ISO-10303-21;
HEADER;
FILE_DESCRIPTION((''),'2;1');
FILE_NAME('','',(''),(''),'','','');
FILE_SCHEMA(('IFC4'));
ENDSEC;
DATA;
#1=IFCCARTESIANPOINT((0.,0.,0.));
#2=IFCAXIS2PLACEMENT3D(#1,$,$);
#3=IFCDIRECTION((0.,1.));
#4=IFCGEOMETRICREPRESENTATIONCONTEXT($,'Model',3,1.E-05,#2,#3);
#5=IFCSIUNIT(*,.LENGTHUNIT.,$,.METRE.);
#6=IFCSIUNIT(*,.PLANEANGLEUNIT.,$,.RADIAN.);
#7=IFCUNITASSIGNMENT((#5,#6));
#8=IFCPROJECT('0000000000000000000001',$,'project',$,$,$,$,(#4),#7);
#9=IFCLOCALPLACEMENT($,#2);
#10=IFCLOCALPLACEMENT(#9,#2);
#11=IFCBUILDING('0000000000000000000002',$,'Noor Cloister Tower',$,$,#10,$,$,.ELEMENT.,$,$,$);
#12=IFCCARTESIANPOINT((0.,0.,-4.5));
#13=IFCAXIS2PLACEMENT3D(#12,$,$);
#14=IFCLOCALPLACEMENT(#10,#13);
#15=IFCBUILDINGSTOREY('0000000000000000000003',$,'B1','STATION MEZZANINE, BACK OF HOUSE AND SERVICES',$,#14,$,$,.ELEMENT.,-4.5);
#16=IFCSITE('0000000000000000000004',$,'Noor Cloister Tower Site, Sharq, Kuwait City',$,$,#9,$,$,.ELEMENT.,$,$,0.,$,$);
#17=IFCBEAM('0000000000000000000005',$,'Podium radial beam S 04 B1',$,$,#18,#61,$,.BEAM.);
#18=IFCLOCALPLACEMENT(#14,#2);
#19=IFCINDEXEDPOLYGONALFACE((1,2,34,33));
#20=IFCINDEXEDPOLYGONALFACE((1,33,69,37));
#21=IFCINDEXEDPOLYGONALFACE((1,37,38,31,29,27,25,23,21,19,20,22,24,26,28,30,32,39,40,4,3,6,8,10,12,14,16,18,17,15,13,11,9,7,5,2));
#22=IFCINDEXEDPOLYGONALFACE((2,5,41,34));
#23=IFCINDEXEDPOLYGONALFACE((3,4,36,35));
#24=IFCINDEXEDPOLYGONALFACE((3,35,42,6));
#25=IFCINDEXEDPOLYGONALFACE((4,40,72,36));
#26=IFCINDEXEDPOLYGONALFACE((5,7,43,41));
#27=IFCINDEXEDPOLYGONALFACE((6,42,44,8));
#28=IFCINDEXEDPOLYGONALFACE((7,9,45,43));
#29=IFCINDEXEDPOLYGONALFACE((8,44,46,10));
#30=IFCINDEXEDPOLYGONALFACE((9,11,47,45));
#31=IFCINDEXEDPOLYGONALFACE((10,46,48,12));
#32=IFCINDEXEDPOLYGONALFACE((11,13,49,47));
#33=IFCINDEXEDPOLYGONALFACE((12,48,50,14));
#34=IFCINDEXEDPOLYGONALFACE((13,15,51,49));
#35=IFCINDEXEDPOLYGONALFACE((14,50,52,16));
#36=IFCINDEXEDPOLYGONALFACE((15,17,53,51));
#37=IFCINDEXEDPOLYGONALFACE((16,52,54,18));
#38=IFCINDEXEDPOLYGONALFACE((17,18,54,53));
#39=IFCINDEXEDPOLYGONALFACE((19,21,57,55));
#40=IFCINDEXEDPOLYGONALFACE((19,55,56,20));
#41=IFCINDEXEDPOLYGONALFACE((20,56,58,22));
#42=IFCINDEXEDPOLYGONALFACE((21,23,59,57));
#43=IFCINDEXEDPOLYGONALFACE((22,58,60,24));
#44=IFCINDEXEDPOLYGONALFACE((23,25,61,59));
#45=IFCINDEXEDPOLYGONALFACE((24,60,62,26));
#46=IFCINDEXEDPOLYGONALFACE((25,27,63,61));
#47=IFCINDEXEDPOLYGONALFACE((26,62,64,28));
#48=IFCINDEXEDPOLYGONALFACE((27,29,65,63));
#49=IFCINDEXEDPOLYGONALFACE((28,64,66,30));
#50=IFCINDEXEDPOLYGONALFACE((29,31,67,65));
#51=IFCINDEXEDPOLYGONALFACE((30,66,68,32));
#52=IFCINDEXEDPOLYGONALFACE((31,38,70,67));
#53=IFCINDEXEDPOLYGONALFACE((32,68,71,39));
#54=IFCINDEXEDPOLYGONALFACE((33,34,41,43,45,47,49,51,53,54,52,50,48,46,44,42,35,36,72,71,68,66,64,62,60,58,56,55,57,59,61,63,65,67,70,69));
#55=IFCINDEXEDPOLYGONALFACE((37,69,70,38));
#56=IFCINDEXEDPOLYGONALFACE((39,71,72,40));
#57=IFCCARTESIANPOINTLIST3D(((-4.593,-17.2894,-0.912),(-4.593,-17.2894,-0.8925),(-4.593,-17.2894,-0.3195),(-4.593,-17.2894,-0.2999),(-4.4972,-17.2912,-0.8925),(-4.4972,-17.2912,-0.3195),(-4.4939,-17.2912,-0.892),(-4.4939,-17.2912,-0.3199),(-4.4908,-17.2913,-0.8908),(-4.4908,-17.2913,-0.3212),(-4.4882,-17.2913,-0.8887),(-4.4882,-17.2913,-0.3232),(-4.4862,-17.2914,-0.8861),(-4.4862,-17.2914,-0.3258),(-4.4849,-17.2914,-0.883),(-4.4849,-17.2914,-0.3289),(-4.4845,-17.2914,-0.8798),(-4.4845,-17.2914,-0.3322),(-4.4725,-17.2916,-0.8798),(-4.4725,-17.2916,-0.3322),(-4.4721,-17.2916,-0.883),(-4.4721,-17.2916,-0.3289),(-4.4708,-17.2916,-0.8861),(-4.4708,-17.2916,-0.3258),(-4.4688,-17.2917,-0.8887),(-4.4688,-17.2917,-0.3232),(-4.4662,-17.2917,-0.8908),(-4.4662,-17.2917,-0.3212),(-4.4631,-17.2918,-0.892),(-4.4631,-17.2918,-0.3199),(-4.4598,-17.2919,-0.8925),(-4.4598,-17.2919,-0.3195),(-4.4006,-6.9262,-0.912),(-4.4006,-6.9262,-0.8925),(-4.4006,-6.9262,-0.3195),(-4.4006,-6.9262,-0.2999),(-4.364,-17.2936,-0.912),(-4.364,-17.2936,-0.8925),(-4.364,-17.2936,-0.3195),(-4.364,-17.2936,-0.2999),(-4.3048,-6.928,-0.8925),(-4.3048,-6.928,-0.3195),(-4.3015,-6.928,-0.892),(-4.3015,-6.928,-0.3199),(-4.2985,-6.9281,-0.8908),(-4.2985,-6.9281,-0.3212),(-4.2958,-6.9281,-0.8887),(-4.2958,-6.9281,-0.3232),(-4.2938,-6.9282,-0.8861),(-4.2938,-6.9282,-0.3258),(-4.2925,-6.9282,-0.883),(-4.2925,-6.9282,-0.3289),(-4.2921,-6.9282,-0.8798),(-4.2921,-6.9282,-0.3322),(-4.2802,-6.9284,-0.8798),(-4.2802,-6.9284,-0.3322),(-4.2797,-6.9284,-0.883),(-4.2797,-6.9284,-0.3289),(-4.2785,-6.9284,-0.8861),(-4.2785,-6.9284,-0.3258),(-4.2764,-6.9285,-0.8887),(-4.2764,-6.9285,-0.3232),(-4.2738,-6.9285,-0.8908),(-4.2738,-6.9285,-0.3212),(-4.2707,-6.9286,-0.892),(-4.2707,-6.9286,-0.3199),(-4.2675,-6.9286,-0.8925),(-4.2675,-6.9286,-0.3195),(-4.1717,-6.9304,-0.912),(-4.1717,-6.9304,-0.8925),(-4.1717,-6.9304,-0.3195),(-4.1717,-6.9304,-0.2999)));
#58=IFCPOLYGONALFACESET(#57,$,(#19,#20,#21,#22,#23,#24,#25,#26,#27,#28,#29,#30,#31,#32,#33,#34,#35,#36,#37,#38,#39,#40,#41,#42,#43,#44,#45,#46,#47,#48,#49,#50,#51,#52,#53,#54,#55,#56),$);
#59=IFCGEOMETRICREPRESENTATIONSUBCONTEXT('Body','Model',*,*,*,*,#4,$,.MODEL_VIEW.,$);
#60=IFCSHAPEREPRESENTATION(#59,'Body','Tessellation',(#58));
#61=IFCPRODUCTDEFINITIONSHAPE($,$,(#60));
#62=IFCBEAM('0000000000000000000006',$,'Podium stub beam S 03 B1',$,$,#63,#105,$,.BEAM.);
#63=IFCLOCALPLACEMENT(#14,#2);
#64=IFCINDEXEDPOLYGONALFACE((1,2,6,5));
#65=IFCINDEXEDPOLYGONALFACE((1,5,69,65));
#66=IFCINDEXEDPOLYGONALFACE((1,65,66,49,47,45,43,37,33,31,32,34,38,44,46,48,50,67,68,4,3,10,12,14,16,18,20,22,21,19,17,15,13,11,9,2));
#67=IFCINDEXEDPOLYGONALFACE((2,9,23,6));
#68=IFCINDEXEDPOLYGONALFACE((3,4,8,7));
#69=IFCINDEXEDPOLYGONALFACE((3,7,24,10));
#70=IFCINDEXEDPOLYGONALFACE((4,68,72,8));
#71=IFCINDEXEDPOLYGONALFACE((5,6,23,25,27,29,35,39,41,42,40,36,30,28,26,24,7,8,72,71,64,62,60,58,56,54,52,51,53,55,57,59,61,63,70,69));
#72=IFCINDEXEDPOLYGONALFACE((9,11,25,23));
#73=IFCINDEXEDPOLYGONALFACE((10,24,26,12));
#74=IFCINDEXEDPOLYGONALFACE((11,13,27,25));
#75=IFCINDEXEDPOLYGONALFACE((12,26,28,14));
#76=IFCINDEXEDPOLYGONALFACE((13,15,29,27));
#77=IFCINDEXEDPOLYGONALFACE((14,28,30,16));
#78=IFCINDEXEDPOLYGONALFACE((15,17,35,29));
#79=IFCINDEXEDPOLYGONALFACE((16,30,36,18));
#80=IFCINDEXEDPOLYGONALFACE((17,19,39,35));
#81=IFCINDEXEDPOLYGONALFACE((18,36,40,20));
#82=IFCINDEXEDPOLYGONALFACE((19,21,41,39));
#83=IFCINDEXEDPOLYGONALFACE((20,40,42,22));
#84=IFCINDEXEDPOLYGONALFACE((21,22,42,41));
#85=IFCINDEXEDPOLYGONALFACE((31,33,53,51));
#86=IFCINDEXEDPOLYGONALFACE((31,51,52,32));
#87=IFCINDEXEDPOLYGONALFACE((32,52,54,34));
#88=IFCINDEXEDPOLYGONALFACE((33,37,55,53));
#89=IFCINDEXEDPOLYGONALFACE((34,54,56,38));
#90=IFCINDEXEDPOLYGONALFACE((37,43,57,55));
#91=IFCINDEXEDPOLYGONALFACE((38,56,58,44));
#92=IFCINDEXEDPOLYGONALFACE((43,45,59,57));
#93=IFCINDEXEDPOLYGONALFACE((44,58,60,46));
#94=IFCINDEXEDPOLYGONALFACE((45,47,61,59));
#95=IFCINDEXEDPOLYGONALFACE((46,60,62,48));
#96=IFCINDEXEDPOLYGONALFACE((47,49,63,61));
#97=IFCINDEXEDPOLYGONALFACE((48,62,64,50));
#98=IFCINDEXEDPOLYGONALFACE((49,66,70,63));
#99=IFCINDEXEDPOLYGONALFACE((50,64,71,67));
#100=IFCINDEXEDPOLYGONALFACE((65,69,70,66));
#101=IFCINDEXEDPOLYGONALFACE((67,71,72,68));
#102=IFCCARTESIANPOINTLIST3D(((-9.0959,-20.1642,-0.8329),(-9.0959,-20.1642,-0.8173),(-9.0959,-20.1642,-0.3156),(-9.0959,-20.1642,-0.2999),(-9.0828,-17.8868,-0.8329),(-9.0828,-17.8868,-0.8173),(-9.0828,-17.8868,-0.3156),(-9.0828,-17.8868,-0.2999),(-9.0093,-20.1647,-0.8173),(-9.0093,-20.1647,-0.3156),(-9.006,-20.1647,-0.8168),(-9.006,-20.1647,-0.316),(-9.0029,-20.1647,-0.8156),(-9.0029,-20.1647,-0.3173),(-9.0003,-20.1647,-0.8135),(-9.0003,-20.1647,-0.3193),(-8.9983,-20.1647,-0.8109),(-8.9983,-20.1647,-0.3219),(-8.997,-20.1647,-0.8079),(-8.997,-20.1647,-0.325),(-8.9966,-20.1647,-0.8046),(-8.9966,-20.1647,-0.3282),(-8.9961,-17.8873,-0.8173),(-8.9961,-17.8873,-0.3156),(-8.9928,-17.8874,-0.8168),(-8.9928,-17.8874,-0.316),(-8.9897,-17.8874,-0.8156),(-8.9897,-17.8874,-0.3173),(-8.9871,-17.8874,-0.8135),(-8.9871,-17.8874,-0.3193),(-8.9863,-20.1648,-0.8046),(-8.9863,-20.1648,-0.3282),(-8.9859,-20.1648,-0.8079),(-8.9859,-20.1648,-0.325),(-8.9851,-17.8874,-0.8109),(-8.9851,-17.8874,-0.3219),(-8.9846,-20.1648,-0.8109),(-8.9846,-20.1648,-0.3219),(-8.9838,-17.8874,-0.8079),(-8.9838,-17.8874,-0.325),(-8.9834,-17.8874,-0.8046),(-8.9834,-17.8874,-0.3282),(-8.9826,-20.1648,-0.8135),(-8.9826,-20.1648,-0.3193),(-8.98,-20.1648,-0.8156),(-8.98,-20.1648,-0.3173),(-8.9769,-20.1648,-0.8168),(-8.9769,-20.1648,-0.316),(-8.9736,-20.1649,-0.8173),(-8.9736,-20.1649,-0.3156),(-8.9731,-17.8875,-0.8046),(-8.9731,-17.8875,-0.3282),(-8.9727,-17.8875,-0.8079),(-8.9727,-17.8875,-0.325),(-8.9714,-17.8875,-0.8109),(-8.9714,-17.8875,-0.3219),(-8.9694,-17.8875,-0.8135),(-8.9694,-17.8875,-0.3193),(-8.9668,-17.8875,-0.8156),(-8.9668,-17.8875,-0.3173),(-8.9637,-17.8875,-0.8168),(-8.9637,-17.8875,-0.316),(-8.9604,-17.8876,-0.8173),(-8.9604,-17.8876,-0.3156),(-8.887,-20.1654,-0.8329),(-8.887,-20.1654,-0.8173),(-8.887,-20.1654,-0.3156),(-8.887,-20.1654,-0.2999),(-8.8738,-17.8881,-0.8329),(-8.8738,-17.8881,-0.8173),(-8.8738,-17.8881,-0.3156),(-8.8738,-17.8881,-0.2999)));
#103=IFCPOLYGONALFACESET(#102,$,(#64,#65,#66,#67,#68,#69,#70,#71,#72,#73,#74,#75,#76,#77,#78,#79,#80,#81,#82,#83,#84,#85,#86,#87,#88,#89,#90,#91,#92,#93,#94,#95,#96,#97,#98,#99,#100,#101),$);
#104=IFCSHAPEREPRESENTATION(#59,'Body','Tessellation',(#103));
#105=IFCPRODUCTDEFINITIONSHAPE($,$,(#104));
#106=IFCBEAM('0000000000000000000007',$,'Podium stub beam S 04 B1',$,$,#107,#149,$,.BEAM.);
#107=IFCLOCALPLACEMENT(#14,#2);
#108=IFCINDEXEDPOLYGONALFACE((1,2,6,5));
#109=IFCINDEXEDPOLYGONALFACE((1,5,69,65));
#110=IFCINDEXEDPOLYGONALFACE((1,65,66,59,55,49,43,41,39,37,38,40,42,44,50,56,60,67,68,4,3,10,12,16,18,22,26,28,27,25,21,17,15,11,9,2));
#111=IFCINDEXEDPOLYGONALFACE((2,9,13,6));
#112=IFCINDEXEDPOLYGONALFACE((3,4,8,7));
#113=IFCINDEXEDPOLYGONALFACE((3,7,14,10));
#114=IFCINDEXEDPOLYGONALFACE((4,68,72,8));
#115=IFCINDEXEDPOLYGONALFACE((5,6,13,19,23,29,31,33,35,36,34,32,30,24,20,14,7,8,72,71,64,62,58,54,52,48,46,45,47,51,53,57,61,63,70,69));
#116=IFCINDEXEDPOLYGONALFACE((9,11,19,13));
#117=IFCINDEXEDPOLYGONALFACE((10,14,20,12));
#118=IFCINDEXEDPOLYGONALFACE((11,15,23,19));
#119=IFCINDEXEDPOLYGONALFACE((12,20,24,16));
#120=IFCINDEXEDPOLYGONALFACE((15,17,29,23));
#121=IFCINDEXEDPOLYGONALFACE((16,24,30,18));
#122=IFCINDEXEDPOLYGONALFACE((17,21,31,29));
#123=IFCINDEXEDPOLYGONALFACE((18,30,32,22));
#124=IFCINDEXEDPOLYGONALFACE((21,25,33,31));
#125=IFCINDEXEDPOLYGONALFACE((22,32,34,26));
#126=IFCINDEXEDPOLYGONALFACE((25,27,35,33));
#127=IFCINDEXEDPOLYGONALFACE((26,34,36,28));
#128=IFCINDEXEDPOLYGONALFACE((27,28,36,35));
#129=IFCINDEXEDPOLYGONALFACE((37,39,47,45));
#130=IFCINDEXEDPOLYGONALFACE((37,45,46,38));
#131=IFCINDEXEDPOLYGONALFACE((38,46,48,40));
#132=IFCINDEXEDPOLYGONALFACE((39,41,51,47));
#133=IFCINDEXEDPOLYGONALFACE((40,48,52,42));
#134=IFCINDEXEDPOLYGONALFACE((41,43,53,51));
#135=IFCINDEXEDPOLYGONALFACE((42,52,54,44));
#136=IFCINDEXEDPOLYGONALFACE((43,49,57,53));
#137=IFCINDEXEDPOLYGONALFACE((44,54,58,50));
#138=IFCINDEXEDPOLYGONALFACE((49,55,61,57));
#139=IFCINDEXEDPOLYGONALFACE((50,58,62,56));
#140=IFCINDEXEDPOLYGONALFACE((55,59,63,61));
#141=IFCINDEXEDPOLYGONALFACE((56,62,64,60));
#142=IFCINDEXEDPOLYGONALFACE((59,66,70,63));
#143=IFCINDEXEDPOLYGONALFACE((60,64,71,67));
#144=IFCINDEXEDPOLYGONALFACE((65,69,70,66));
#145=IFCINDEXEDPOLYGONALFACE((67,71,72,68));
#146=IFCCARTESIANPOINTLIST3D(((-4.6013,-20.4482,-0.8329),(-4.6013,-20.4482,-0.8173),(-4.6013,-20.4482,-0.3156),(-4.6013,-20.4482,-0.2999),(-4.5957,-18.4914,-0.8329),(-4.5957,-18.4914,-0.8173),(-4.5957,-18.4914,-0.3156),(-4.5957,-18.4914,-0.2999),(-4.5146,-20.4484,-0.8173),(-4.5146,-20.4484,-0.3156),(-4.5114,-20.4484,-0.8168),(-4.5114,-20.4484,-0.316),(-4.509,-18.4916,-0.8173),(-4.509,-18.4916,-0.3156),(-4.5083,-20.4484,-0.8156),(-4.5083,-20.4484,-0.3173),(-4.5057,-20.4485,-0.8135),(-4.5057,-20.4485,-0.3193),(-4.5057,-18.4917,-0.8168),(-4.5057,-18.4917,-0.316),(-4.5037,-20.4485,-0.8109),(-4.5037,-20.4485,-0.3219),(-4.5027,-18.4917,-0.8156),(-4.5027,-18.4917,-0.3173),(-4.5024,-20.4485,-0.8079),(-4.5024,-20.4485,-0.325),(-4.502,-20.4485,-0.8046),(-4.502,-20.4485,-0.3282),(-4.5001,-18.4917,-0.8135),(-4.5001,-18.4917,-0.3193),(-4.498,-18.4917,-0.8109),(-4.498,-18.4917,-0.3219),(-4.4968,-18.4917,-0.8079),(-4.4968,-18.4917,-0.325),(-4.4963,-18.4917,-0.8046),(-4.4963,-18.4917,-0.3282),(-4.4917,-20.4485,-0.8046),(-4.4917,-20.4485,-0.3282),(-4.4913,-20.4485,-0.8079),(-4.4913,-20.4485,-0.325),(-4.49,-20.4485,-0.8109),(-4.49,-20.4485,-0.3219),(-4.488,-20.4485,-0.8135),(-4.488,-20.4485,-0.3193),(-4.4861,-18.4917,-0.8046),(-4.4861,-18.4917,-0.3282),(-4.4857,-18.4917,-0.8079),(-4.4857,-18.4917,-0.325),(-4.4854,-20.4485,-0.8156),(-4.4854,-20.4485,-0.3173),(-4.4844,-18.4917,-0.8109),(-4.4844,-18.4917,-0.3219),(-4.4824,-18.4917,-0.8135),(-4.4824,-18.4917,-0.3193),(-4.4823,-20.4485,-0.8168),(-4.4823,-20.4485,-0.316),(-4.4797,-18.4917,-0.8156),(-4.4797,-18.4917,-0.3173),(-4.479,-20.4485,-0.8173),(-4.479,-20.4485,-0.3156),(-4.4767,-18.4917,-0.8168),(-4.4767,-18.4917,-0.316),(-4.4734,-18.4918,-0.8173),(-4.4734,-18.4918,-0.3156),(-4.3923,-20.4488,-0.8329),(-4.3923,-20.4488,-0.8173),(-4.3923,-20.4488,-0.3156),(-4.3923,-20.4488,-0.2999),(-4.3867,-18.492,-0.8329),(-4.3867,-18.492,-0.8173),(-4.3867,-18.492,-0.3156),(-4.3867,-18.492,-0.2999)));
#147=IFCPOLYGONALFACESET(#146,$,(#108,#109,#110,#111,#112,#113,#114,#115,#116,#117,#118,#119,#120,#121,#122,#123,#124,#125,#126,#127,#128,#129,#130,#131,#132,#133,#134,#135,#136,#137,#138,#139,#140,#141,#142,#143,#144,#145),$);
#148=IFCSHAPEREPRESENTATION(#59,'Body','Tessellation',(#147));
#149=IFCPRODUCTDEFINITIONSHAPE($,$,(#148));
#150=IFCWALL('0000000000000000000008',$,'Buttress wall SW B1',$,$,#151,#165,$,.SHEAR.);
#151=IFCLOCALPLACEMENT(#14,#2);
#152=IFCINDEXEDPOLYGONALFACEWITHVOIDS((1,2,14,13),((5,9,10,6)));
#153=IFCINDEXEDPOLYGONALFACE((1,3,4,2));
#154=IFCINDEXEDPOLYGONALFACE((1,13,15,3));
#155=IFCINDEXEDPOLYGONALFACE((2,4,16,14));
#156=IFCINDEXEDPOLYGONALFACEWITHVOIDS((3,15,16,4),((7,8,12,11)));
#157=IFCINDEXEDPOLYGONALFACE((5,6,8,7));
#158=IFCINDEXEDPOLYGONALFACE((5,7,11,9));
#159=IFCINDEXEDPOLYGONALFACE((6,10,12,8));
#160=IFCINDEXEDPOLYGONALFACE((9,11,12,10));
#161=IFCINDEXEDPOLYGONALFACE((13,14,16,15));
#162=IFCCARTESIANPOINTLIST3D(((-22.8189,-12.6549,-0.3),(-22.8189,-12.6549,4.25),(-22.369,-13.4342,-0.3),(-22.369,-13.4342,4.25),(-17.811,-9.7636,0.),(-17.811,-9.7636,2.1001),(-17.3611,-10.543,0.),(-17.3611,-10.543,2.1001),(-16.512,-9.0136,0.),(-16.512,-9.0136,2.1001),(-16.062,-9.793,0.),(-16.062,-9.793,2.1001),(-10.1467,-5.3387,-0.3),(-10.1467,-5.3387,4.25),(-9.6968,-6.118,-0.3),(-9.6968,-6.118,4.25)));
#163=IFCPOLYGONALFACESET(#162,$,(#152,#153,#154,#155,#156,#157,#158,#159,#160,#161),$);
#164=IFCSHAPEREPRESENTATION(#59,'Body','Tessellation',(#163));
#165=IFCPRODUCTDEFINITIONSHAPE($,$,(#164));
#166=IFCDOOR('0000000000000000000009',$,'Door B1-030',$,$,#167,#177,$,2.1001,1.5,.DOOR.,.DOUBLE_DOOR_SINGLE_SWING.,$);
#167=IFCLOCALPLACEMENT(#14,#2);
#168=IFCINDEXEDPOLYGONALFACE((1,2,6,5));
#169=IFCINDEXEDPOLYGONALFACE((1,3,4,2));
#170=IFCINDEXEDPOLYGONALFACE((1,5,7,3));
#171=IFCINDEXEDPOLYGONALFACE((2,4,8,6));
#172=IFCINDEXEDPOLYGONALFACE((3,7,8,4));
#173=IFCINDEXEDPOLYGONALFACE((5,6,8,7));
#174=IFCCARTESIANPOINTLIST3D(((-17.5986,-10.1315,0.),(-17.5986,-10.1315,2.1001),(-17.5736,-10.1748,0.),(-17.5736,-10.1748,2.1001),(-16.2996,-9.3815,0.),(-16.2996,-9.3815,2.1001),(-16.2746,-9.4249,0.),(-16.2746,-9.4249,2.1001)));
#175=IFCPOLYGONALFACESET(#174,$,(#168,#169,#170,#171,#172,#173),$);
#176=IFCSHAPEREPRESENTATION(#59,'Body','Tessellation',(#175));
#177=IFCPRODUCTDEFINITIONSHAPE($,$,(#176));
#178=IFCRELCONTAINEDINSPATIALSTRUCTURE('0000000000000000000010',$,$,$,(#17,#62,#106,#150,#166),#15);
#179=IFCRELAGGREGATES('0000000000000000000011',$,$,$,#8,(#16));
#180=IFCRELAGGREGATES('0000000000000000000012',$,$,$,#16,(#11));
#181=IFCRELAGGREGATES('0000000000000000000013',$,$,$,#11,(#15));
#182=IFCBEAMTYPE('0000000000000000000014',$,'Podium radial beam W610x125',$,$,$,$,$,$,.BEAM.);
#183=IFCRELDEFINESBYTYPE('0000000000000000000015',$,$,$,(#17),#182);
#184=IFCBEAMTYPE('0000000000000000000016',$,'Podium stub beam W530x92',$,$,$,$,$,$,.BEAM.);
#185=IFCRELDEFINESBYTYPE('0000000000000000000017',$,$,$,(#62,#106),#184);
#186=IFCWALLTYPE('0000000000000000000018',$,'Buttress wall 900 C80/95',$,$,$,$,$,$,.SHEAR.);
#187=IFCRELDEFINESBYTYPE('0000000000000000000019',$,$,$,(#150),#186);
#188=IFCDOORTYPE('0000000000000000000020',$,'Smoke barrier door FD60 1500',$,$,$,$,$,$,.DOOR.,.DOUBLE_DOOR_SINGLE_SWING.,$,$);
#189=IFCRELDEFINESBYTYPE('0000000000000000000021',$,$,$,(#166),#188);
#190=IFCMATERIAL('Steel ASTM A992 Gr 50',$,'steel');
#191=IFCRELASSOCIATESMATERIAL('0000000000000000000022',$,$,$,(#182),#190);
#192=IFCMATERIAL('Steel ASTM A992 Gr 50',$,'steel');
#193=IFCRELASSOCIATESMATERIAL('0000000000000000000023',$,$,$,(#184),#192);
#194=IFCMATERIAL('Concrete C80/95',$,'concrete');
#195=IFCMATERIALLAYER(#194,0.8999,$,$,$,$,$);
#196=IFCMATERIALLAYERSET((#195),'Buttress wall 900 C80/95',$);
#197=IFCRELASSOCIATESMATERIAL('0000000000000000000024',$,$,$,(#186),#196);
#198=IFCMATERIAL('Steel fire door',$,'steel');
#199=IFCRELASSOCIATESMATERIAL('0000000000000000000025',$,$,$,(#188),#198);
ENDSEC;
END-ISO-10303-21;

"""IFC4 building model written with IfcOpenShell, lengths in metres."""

from ifc_helpers import new_model, si_unit, direction, frame, frame_2d, origin, origin_2d, place, context, subcontext, project, spatial, rectangle, i_section, extrude, material, layer, layer_set, material_profile, profile_set, type_object, element, fill, save


model = new_model("IFC4")

# Units and contexts
model_context = context("Model", 3, precision=1e-05, world=origin(), true_north=direction((0.0, 1.0)))
body_context = subcontext(model_context, "Body", "Model", "MODEL_VIEW")
ifc_project = project(units=[si_unit("LENGTHUNIT", "METRE"), si_unit("PLANEANGLEUNIT", "RADIAN")], contexts=[model_context])

# Site, building, storey
site_placement = place(None, origin())
site = spatial("IfcSite", under=ifc_project, at=site_placement, Name="Noor Cloister Tower Site, Sharq, Kuwait City", CompositionType="ELEMENT", RefElevation=0.0)
building_placement = place(site_placement, origin())
building = spatial("IfcBuilding", under=site, at=building_placement, Name="Noor Cloister Tower", CompositionType="ELEMENT")
storey_placement = place(building_placement, frame((0.0, 0.0, -4.5)))
storey = spatial("IfcBuildingStorey", under=building, at=storey_placement, Name="B1", Description="STATION MEZZANINE, BACK OF HOUSE AND SERVICES", CompositionType="ELEMENT", Elevation=-4.5)

# Beams
ifc_material_1 = material(Name="Steel ASTM A992 Gr 50", Category="steel")
ifc_material_profile_1 = material_profile(ifc_material_1, i_section(OverallWidth=0.229, OverallDepth=0.6121, WebThickness=0.012, FlangeThickness=0.0195, FilletRadius=0.0127, at=origin_2d()), Name="W610x125")
ifc_profile_set_1 = profile_set([ifc_material_profile_1], Name="Steel ASTM A992 Gr 50")
beam_type_1 = type_object("IfcBeamType", Name="Podium radial beam W610x125", PredefinedType="BEAM", material=ifc_profile_set_1)
beam_1_placement = place(storey_placement, frame((-4.4785, -17.2915, -0.606), z_axis=(0.018561, 0.999828, 0.0), x_axis=(-0.999828, 0.018561, 0.0)))
element("IfcBeam", 1, at=beam_1_placement, inside=storey, type_object=beam_type_1, Name="Podium radial beam S 04 B1", PredefinedType="BEAM", context=body_context, shape_type="SweptSolid", body=[
    extrude(i_section(OverallWidth=0.229, OverallDepth=0.6121, WebThickness=0.012, FlangeThickness=0.0195, FilletRadius=0.0127, at=origin_2d()), origin(), (0.0, 0.0, 1.0), 10.365),
])
ifc_material_2 = material(Name="Steel ASTM A992 Gr 50", Category="steel")
ifc_material_profile_2 = material_profile(ifc_material_2, i_section(OverallWidth=0.209, OverallDepth=0.533, WebThickness=0.0103, FlangeThickness=0.0156, FilletRadius=0.0127, at=origin_2d()), Name="W530x92")
ifc_profile_set_2 = profile_set([ifc_material_profile_2], Name="Steel ASTM A992 Gr 50")
beam_type_2 = type_object("IfcBeamType", Name="Podium stub beam W530x92", PredefinedType="BEAM", material=ifc_profile_set_2)
beam_2_placement = place(storey_placement, frame((-8.9783, -17.8875, -0.5664), z_axis=(-0.005789, -0.999983, 0.0), x_axis=(0.999983, -0.005789, 0.0)))
element("IfcBeam", 2, at=beam_2_placement, inside=storey, type_object=beam_type_2, Name="Podium stub beam S 03 B1", PredefinedType="BEAM", context=body_context, shape_type="SweptSolid", body=[
    extrude(i_section(OverallWidth=0.209, OverallDepth=0.533, WebThickness=0.0103, FlangeThickness=0.0156, FilletRadius=0.0127, at=origin_2d()), origin(), (0.0, 0.0, 1.0), 2.2773),
])
beam_3_placement = place(storey_placement, frame((-4.4912, -18.4917, -0.5664), z_axis=(-0.00287, -0.999996, 0.0), x_axis=(0.999996, -0.00287, 0.0)))
element("IfcBeam", 3, at=beam_3_placement, inside=storey, type_object=beam_type_2, Name="Podium stub beam S 04 B1", PredefinedType="BEAM", context=body_context, shape_type="SweptSolid", body=[
    extrude(i_section(OverallWidth=0.209, OverallDepth=0.533, WebThickness=0.0103, FlangeThickness=0.0156, FilletRadius=0.0127, at=origin_2d()), origin(), (0.0, 0.0, 1.0), 1.9568),
])

# Wall, opening, door
ifc_material_3 = material(Name="Concrete C80/95", Category="concrete")
ifc_layer_1 = layer(ifc_material_3, 0.8999)
ifc_layer_set_1 = layer_set([ifc_layer_1], Name="Buttress wall 900 C80/95")
wall_type_1 = type_object("IfcWallType", Name="Buttress wall 900 C80/95", PredefinedType="SHEAR", material=ifc_layer_set_1)
wall_1_placement = place(storey_placement, frame((-9.9216, -5.7283, -0.3), z_axis=(0.0, 0.0, 1.0), x_axis=(-0.866028, -0.499995, 0.0)))
wall_1 = element("IfcWall", 4, at=wall_1_placement, inside=storey, type_object=wall_type_1, Name="Buttress wall SW B1", PredefinedType="SHEAR", context=body_context, shape_type="SweptSolid", body=[
    extrude(rectangle(XDim=14.6326, YDim=0.8999, at=frame_2d((7.3164, 0.0))), origin(), (0.0, 0.0, 1.0), 4.55),
])
opening_1_placement = place(wall_1_placement, frame((7.3501, 0.0, 0.3)))
opening_1 = element("IfcOpeningElement", 5, at=opening_1_placement, cuts=wall_1, PredefinedType="OPENING", context=body_context, shape_type="SweptSolid", body=[
    extrude(rectangle(XDim=1.5, YDim=2.1001, at=frame_2d((0.75, 1.05))), frame((0.0, 0.46, 0.0), z_axis=(0.0, -1.0, 0.0), x_axis=(1.0, 0.0, 0.0)), (0.0, 0.0, 1.0), 0.9199),
])
ifc_material_4 = material(Name="Steel fire door", Category="steel")
door_type_1 = type_object("IfcDoorType", Name="Smoke barrier door FD60 1500", OperationType="DOUBLE_DOOR_SINGLE_SWING", PredefinedType="DOOR", material=ifc_material_4)
door_1_placement = place(opening_1_placement, origin())
door_1 = element("IfcDoor", 6, at=door_1_placement, inside=storey, type_object=door_type_1, Name="Door B1-030", OperationType="DOUBLE_DOOR_SINGLE_SWING", OverallHeight=2.1001, OverallWidth=1.5, PredefinedType="DOOR", context=body_context, shape_type="SweptSolid", body=[
    extrude(rectangle(XDim=1.5, YDim=2.1001, at=frame_2d((0.75, 1.05))), frame((0.0, 0.0249, 0.0), z_axis=(0.0, -1.0, 0.0), x_axis=(1.0, 0.0, 0.0)), (0.0, 0.0, 1.0), 0.05),
])
fill(opening_1, door_1)

save(model, "model.ifc")
